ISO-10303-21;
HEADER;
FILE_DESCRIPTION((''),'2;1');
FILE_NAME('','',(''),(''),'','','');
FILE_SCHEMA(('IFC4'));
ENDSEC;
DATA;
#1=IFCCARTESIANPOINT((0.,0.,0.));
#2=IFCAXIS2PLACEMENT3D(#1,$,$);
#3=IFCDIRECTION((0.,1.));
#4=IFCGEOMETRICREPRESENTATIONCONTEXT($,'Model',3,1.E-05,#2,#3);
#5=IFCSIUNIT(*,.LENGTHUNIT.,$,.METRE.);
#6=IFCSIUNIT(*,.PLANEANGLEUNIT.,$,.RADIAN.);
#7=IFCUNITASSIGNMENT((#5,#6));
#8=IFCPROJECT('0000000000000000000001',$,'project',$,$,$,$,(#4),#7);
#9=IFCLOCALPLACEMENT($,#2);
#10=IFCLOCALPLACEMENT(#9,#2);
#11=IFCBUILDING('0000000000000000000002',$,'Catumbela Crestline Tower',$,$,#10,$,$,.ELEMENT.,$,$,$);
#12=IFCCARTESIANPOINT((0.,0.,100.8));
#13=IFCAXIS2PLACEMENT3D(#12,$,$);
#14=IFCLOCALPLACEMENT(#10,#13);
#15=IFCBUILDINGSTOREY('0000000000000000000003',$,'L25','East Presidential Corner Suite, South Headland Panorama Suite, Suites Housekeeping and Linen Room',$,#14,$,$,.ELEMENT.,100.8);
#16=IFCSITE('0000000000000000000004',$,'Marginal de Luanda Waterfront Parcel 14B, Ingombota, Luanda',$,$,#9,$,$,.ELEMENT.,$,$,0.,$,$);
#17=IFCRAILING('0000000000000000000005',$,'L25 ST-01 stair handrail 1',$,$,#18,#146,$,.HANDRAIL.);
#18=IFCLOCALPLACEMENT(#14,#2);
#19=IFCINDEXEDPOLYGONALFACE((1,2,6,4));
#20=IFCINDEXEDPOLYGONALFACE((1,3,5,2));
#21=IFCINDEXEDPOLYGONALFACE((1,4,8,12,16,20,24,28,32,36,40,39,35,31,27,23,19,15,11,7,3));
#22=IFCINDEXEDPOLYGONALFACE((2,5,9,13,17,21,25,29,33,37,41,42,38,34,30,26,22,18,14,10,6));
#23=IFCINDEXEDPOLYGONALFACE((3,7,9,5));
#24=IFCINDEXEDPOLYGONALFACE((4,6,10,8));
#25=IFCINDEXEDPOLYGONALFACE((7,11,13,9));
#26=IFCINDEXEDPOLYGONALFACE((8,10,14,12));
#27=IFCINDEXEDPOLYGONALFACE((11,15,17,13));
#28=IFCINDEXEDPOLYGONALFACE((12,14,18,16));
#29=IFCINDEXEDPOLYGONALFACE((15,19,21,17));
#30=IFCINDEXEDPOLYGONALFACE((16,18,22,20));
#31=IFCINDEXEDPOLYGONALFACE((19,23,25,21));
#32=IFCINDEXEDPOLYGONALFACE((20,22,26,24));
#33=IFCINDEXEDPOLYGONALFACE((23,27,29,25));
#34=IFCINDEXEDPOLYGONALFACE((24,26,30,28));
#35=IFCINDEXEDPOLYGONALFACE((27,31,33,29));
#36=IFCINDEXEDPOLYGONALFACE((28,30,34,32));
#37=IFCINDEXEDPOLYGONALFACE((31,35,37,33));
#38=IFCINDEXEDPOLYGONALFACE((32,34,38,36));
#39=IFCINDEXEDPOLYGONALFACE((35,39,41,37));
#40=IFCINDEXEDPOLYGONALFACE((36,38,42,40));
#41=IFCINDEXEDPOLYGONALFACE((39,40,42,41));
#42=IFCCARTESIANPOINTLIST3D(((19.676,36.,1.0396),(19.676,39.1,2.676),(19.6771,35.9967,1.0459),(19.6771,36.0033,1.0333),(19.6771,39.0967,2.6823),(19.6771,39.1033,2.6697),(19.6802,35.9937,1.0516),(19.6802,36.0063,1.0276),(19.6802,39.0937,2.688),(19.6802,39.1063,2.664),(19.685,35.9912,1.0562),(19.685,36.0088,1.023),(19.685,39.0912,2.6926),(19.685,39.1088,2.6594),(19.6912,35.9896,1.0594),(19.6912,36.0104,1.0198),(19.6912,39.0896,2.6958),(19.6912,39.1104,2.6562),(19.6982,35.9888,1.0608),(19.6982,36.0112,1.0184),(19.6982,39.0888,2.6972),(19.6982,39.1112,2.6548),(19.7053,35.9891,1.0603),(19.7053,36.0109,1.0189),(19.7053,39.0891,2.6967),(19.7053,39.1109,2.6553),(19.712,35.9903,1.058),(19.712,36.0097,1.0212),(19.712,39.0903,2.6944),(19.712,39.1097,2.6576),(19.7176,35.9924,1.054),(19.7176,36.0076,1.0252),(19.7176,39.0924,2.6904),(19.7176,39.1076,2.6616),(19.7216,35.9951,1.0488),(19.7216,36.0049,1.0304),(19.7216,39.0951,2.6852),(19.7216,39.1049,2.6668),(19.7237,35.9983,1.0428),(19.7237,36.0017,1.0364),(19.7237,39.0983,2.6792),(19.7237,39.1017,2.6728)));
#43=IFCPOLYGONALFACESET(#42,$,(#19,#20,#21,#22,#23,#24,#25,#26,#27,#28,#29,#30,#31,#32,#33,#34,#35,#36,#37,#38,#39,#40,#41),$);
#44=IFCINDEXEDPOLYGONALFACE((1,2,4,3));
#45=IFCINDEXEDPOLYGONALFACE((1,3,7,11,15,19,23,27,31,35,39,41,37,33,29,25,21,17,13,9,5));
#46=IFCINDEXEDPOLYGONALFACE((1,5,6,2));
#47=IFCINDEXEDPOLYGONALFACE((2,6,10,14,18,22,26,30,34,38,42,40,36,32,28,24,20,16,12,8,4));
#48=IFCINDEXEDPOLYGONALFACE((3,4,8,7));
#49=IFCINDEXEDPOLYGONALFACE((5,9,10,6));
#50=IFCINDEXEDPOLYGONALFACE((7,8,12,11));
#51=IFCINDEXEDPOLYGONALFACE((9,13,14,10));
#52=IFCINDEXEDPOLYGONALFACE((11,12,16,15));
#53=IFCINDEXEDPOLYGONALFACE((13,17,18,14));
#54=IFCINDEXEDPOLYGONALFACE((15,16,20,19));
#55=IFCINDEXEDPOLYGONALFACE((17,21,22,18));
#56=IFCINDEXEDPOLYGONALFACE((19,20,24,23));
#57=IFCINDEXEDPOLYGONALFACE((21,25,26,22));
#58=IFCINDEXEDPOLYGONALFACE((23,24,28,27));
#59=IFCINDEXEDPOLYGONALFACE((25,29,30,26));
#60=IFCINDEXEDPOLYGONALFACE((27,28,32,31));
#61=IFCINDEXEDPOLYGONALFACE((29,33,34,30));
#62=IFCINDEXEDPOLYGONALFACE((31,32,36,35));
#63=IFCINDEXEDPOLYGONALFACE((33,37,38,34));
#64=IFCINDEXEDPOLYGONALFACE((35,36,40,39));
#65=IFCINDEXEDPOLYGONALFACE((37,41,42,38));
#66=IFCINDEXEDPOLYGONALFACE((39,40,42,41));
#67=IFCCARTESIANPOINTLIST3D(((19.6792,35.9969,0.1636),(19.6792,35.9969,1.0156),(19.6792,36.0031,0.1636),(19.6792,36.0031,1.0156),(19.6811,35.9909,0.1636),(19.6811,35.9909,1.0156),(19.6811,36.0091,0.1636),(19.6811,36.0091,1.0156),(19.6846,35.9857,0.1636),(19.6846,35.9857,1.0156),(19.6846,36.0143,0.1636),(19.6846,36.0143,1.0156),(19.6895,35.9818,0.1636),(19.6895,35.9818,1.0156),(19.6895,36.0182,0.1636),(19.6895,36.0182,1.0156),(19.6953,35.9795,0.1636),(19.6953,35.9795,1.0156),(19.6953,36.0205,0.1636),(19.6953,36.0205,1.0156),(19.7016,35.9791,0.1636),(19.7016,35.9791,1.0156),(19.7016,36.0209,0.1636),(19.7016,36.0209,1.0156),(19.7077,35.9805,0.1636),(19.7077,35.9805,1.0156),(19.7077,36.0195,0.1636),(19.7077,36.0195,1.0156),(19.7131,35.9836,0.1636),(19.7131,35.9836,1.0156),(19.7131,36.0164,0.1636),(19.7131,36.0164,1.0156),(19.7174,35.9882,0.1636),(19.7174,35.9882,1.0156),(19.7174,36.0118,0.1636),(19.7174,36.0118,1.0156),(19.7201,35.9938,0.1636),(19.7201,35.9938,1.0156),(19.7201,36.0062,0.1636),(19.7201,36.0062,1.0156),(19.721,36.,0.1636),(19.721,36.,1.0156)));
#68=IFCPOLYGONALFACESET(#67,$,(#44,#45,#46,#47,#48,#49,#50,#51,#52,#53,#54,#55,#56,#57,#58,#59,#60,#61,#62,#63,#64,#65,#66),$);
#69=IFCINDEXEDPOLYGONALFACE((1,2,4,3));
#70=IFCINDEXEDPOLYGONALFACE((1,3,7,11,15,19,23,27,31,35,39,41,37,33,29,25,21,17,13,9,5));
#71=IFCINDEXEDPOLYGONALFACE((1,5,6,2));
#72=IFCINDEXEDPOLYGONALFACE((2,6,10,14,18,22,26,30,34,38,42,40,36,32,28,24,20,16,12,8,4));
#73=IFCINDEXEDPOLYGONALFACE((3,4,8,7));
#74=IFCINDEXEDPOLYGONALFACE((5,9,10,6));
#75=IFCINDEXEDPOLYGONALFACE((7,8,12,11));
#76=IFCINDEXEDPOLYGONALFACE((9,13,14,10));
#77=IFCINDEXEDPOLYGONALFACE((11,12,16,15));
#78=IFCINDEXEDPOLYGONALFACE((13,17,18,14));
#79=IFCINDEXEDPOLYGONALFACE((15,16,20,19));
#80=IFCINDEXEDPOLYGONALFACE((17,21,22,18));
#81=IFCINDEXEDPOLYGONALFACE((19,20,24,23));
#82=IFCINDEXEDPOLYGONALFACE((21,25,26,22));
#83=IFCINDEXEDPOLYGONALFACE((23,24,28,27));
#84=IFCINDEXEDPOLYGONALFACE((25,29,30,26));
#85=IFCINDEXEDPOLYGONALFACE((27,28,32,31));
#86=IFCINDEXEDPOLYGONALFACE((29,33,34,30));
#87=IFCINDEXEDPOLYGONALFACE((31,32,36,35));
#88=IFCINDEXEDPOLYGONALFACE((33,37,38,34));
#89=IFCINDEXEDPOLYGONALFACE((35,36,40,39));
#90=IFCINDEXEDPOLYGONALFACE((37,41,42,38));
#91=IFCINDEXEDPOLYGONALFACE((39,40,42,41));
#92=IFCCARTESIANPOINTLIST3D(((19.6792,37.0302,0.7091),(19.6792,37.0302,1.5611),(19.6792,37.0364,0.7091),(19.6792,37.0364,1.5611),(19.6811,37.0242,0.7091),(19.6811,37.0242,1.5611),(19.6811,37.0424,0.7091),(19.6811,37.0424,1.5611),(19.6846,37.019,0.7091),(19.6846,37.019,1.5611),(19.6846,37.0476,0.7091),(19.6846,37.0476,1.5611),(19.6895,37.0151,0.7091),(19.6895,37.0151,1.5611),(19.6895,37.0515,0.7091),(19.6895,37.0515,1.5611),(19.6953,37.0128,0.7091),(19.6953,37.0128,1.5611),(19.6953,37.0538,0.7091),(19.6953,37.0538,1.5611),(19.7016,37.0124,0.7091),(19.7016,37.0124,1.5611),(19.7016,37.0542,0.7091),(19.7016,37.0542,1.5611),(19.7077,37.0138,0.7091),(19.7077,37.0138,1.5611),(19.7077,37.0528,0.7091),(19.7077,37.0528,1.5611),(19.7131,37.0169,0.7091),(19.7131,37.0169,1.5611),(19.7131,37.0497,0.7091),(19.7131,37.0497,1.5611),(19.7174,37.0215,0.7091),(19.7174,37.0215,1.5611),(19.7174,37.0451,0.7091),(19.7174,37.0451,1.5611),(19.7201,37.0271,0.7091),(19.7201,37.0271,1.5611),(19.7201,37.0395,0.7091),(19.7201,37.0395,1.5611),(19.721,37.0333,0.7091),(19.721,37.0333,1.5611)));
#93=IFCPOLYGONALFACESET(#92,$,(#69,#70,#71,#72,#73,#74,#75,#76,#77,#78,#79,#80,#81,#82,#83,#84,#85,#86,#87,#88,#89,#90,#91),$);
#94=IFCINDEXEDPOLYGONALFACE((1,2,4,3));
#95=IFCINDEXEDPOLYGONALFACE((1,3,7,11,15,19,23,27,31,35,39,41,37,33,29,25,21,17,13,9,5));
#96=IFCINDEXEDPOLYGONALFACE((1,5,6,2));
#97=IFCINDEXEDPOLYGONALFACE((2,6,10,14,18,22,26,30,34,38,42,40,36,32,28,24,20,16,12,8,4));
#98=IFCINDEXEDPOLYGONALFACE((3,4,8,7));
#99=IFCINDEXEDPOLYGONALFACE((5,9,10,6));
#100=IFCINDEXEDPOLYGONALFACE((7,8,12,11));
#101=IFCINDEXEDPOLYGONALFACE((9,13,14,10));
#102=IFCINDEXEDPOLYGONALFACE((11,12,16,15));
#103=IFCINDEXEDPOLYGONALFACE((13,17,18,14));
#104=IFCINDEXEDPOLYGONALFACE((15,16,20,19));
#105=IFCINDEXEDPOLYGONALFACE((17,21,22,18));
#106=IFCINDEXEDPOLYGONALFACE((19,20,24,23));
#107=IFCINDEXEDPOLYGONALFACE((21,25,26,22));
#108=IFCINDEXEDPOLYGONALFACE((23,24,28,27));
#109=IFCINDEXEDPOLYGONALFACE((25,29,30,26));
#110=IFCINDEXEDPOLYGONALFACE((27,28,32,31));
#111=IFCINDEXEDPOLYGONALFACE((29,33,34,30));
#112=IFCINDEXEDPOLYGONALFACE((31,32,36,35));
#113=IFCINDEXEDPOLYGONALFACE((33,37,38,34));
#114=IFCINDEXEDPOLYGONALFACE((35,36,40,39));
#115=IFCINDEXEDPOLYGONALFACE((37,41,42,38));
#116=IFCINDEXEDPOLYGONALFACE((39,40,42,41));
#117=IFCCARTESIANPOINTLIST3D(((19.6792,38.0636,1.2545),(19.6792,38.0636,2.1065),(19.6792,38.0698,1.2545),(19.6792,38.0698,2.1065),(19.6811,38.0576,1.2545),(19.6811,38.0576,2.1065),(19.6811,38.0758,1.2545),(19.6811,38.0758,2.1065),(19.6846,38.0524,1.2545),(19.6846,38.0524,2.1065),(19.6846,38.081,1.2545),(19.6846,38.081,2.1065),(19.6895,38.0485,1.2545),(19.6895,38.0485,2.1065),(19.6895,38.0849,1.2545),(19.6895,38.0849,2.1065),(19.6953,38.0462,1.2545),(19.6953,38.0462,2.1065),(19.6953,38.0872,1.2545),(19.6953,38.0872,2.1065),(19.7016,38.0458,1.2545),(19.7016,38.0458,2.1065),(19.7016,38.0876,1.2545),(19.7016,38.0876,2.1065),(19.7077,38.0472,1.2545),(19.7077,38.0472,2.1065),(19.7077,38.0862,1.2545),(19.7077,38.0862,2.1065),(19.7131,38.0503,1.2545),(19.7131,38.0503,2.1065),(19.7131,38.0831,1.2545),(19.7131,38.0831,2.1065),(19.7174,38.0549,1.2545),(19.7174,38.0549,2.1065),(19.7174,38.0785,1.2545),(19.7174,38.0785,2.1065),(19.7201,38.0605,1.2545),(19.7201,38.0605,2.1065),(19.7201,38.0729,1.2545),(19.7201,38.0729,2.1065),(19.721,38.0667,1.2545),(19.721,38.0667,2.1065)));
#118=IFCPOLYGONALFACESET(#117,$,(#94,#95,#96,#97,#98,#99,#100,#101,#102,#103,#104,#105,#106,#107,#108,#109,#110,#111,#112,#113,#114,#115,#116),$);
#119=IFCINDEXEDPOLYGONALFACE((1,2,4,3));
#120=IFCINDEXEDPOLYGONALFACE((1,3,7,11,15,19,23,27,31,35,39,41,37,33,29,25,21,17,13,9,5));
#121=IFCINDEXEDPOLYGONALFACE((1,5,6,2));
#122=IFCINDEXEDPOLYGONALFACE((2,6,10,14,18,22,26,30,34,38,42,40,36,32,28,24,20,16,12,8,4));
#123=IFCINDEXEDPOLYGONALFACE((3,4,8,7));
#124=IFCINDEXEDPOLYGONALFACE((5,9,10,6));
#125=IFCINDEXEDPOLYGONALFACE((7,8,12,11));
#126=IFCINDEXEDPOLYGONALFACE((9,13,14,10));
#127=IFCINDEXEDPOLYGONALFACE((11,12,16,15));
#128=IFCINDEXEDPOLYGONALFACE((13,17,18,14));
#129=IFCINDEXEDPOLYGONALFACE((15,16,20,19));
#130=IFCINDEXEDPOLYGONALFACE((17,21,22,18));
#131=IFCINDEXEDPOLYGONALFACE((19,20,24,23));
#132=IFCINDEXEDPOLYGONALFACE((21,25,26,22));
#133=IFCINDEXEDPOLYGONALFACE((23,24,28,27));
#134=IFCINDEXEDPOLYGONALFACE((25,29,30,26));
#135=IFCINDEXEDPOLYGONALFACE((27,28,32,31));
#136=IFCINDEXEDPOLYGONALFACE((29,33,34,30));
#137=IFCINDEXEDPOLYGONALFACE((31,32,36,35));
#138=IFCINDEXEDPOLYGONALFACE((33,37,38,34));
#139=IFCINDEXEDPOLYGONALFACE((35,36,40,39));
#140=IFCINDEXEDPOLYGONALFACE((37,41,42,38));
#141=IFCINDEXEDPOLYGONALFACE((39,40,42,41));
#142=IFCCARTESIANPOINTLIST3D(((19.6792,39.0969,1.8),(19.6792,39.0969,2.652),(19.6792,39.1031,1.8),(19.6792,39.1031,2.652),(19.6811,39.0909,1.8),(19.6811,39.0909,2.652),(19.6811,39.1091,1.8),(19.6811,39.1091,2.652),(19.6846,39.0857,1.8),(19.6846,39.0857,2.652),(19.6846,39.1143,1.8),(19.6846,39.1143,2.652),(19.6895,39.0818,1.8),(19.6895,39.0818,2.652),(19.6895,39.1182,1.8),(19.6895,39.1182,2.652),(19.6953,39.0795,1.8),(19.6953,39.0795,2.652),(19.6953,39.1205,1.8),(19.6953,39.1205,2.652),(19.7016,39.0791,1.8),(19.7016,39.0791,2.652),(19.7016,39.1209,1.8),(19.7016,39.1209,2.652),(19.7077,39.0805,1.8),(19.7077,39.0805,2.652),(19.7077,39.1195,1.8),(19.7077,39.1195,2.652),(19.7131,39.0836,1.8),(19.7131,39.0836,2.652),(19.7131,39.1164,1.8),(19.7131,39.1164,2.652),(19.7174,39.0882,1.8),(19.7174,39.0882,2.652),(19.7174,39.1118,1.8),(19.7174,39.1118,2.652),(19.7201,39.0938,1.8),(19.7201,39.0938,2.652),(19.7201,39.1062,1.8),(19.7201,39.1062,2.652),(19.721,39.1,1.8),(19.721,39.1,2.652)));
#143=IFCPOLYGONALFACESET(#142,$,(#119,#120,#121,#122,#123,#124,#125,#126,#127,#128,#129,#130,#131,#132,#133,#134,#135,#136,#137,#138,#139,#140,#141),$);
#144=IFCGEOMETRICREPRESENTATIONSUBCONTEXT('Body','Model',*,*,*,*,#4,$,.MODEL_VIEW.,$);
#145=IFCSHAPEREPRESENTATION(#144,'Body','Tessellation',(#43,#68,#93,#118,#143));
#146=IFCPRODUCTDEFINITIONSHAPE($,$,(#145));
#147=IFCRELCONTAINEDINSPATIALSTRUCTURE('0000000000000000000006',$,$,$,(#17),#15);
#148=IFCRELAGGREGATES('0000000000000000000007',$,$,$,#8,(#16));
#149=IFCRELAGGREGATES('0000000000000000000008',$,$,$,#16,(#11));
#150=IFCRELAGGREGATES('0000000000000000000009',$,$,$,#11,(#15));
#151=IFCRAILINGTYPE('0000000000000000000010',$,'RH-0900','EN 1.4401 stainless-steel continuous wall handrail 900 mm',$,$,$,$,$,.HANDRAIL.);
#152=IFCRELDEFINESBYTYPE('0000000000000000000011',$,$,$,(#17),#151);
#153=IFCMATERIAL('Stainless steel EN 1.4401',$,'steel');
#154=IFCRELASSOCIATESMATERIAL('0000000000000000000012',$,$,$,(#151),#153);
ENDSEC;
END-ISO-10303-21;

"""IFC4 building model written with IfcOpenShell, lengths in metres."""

from ifc_helpers import new_model, si_unit, direction, frame, origin, origin_2d, place, context, subcontext, project, spatial, circle, extrude, material, type_object, element, save


model = new_model("IFC4")

# Units and contexts
model_context = context("Model", 3, precision=1e-05, world=origin(), true_north=direction((0.0, 1.0)))
body_context = subcontext(model_context, "Body", "Model", "MODEL_VIEW")
ifc_project = project(units=[si_unit("LENGTHUNIT", "METRE"), si_unit("PLANEANGLEUNIT", "RADIAN")], contexts=[model_context])

# Site, building, storey
site_placement = place(None, origin())
site = spatial("IfcSite", under=ifc_project, at=site_placement, Name="Marginal de Luanda Waterfront Parcel 14B, Ingombota, Luanda", CompositionType="ELEMENT", RefElevation=0.0)
building_placement = place(site_placement, origin())
building = spatial("IfcBuilding", under=site, at=building_placement, Name="Catumbela Crestline Tower", CompositionType="ELEMENT")
storey_placement = place(building_placement, frame((0.0, 0.0, 100.8)))
storey = spatial("IfcBuildingStorey", under=building, at=storey_placement, Name="L25", Description="East Presidential Corner Suite, South Headland Panorama Suite, Suites Housekeeping and Linen Room", CompositionType="ELEMENT", Elevation=100.8)

# Shared definitions
ifc_material_1 = material(Name="Stainless steel EN 1.4401", Category="steel")

# Railing
railing_type = type_object("IfcRailingType", Name="RH-0900", Description="EN 1.4401 stainless-steel continuous wall handrail 900 mm", PredefinedType="HANDRAIL", material=ifc_material_1)
railing_placement = place(storey_placement, frame((19.7, 36.0, 0.1636)))
element("IfcRailing", 1, at=railing_placement, inside=storey, type_object=railing_type, Name="L25 ST-01 stair handrail 1", PredefinedType="HANDRAIL", context=body_context, shape_type="SweptSolid", body=[
    extrude(circle(Radius=0.024, at=origin_2d()), frame((0.0, 0.0, 0.876), z_axis=(0.0, 0.884351, 0.466823), x_axis=(-1.0, 0.0, 0.0)), (0.0, 0.0, 1.0), 3.5054),
    extrude(circle(Radius=0.021, at=origin_2d()), origin(), (0.0, 0.0, 1.0), 0.852),
    extrude(circle(Radius=0.021, at=origin_2d()), frame((0.0, 1.0333, 0.5455)), (0.0, 0.0, 1.0), 0.852),
    extrude(circle(Radius=0.021, at=origin_2d()), frame((0.0, 2.0667, 1.0909)), (0.0, 0.0, 1.0), 0.852),
    extrude(circle(Radius=0.021, at=origin_2d()), frame((0.0, 3.1, 1.6364)), (0.0, 0.0, 1.0), 0.852),
])

save(model, "model.ifc")
